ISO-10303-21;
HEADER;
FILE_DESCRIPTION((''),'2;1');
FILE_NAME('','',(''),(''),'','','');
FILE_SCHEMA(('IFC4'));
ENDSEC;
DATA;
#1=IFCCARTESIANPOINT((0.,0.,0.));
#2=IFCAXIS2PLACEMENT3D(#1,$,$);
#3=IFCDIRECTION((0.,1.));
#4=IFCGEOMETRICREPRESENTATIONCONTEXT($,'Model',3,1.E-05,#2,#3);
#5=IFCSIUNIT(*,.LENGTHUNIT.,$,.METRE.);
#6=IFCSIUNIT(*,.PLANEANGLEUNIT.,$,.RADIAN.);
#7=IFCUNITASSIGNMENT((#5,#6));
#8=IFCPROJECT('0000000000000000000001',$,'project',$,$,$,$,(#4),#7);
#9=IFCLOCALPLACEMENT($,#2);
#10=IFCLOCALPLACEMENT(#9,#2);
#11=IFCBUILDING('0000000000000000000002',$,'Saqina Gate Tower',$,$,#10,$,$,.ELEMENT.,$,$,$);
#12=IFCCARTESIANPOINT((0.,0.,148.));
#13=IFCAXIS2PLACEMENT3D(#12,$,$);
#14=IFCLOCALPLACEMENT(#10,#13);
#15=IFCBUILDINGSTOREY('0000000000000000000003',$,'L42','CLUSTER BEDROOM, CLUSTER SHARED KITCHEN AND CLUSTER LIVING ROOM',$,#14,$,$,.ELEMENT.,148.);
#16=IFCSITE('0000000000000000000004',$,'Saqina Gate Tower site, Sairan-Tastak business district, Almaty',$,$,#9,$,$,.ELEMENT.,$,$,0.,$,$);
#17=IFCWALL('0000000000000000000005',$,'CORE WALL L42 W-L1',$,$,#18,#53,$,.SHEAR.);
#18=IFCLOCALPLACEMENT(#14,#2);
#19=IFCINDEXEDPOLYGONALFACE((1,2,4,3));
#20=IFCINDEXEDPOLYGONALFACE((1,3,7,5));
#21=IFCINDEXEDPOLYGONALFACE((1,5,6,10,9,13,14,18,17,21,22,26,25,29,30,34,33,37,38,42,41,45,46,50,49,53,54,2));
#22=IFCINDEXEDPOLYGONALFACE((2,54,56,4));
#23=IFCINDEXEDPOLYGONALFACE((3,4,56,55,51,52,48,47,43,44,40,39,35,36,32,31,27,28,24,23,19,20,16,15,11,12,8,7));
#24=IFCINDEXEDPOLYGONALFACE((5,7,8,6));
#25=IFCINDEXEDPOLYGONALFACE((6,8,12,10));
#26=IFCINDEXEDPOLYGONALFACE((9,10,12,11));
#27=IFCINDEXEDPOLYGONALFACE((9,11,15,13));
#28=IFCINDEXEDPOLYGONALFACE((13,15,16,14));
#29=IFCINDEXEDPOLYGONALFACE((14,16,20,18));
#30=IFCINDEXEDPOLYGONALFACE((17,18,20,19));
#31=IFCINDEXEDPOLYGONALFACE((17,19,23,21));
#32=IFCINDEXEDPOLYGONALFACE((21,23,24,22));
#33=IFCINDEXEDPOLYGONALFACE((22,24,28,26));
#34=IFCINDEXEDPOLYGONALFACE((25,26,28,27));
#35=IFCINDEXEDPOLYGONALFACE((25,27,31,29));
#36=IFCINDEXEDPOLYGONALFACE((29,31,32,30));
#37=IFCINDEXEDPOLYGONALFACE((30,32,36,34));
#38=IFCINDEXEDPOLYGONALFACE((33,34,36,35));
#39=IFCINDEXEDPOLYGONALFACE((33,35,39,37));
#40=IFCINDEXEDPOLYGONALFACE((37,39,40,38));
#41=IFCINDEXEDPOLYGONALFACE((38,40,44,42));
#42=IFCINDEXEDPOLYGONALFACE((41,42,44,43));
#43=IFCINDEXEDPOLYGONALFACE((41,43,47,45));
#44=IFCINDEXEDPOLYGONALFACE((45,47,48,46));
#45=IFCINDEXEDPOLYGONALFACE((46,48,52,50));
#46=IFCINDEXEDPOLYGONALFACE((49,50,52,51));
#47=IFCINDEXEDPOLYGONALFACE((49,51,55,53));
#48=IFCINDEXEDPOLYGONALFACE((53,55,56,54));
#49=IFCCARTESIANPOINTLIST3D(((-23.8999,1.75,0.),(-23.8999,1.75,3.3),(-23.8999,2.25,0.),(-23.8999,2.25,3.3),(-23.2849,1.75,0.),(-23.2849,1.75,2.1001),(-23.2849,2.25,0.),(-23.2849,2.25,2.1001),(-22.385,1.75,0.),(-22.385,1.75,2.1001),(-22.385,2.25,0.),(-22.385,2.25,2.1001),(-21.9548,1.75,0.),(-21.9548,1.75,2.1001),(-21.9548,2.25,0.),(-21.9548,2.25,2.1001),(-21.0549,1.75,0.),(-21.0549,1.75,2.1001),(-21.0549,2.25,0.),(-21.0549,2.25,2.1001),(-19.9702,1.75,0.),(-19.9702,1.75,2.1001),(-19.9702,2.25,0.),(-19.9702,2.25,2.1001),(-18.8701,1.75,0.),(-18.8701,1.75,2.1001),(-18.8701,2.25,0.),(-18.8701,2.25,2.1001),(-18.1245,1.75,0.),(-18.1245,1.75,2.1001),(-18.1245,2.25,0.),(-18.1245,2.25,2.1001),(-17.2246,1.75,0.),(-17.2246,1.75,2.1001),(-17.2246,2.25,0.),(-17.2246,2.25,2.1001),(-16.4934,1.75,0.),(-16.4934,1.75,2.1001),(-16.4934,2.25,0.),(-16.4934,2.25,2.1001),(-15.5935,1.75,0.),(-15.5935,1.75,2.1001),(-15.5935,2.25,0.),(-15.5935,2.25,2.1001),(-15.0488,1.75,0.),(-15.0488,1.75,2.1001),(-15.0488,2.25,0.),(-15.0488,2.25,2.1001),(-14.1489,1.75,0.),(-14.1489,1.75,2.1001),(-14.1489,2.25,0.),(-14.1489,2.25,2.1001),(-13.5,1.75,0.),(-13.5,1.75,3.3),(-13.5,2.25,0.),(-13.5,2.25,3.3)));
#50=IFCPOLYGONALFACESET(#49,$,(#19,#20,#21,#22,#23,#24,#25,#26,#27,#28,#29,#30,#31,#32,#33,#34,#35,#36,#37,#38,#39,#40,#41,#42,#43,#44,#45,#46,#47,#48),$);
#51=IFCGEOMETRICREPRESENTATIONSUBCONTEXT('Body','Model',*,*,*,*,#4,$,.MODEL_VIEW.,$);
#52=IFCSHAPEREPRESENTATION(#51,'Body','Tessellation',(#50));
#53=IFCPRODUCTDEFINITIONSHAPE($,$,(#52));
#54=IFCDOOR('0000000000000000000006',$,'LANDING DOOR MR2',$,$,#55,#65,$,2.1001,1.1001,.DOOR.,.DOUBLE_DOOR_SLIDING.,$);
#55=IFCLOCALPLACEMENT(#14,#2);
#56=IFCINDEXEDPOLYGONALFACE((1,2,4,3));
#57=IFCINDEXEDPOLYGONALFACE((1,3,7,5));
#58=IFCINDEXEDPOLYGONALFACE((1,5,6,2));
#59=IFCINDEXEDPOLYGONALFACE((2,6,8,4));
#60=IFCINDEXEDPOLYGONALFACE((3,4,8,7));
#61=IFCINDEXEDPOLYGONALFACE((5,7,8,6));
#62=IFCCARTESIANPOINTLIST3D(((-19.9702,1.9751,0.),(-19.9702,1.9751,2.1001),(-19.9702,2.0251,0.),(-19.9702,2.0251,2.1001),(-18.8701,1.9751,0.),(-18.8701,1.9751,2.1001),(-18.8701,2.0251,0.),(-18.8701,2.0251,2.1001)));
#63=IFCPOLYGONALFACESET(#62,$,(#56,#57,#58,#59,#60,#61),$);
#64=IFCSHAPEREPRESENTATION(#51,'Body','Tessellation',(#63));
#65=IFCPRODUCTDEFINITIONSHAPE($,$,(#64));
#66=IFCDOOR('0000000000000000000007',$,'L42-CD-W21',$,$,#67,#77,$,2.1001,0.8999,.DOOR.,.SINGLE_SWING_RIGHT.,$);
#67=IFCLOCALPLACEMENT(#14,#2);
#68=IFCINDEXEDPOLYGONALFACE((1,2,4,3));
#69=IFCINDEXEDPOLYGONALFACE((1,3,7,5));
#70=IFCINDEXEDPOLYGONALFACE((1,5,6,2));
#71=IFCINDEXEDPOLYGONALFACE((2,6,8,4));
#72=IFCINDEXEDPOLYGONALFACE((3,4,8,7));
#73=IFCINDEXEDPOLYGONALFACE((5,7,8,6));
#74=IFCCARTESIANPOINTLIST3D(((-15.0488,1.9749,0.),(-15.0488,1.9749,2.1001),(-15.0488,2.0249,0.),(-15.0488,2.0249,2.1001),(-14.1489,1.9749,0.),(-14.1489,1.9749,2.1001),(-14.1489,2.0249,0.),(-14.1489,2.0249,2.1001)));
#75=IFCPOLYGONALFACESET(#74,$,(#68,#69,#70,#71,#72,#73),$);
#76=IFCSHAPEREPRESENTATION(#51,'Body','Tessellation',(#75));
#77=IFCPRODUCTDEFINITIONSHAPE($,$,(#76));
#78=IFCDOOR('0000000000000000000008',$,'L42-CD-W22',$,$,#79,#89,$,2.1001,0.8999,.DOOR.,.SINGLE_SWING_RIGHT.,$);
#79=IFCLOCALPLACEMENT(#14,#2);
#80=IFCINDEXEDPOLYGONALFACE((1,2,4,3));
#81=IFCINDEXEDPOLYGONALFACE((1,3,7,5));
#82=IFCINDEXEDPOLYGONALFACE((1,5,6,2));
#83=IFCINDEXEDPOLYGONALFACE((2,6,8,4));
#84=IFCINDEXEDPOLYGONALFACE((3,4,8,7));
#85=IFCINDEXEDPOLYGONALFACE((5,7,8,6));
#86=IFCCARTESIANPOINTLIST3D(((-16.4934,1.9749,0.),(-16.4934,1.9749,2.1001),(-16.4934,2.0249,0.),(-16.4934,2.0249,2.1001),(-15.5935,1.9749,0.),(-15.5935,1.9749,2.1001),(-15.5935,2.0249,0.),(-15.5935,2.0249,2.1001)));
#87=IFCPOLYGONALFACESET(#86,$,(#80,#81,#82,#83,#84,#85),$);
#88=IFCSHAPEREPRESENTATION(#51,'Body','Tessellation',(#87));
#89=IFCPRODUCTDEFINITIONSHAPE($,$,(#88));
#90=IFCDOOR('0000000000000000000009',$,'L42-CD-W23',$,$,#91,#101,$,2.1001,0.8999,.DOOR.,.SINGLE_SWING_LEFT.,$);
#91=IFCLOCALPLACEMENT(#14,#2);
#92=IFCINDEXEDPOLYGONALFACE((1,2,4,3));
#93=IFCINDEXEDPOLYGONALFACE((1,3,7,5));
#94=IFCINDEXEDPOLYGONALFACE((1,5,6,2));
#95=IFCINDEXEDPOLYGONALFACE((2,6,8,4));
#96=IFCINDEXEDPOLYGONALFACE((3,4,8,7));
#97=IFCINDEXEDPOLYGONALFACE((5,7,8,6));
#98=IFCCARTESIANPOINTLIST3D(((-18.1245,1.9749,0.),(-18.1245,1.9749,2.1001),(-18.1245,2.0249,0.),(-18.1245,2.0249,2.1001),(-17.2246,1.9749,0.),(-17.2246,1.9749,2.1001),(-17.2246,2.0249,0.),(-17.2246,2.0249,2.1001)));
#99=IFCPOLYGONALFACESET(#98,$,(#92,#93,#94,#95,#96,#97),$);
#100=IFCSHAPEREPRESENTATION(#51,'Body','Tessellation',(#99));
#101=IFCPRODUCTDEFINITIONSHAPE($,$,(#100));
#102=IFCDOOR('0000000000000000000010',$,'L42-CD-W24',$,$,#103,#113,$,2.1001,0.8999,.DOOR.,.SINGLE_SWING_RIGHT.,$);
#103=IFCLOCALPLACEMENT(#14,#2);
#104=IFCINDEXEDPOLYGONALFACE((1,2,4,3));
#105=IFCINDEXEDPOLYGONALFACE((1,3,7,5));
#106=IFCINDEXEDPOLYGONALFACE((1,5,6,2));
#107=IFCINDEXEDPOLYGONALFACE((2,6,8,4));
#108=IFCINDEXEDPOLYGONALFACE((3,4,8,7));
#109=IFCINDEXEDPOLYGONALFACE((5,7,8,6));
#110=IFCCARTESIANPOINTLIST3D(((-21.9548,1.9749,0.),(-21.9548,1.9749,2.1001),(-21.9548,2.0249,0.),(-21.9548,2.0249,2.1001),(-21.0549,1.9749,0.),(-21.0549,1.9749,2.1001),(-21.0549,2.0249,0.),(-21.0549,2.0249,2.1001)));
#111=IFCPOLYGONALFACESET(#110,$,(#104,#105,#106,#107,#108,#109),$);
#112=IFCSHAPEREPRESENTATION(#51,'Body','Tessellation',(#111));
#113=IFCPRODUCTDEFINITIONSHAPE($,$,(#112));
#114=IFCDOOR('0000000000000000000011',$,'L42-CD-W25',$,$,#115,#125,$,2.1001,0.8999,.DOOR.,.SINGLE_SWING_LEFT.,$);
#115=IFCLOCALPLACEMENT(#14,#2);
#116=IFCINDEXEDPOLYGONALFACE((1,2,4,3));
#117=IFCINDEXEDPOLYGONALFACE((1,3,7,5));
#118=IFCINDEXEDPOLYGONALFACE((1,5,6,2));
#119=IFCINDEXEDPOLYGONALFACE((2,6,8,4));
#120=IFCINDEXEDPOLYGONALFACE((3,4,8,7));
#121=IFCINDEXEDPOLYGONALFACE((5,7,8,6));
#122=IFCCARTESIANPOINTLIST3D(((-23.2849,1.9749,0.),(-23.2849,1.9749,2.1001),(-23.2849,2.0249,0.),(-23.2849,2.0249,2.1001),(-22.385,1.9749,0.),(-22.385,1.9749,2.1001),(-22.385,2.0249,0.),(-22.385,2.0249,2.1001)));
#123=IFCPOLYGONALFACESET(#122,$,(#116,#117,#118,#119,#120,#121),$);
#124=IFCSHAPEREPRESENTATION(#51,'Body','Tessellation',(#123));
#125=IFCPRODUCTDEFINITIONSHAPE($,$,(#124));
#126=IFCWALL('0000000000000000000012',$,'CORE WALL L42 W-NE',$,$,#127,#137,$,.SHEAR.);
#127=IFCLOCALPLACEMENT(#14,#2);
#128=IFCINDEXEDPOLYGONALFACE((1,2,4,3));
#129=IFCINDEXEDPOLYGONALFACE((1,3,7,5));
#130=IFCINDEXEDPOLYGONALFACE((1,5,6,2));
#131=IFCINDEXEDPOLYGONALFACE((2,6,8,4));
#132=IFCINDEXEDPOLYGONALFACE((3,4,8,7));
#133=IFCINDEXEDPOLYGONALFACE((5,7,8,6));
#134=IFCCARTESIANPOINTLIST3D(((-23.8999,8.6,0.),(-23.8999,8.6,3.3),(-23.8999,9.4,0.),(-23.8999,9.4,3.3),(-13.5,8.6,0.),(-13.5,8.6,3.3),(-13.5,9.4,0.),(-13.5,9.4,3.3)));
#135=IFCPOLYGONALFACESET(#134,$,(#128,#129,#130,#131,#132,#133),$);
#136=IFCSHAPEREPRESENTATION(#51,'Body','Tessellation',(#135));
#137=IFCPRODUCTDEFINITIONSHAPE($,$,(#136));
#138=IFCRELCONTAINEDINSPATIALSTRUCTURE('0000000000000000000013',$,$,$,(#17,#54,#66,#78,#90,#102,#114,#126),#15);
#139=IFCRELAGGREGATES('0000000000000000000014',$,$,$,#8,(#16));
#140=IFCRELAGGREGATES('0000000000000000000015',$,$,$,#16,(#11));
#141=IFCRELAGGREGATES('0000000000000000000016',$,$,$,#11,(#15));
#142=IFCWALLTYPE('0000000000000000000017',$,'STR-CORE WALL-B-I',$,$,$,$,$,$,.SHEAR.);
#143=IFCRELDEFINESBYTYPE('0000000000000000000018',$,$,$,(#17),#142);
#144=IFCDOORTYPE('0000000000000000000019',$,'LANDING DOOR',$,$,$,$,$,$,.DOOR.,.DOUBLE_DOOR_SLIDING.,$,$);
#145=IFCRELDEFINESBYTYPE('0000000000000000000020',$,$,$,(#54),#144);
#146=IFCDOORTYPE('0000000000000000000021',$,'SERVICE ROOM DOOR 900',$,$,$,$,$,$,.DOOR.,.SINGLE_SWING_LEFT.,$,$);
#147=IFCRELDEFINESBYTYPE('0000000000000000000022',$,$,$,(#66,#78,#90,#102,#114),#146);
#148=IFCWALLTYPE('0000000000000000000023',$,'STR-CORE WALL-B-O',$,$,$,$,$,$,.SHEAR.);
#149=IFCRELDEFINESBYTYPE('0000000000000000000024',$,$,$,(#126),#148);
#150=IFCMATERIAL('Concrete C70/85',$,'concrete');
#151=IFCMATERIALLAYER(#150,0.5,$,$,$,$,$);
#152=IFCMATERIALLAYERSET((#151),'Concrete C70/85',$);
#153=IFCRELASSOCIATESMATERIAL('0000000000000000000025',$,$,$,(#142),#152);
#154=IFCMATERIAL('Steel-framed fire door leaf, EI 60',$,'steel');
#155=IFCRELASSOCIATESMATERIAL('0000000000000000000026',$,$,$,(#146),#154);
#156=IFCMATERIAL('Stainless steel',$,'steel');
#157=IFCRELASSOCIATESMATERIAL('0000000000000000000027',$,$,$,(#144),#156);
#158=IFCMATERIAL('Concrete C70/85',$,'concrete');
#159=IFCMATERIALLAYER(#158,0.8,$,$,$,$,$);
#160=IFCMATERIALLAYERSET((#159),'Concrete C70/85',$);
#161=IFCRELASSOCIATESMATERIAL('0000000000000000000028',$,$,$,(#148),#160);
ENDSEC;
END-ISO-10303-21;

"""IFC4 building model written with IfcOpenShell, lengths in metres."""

from ifc_helpers import new_model, si_unit, direction, frame, frame_2d, origin, place, context, subcontext, project, spatial, rectangle, extrude, material, layer, layer_set, type_object, element, fill, save


model = new_model("IFC4")

# Units and contexts
model_context = context("Model", 3, precision=1e-05, world=origin(), true_north=direction((0.0, 1.0)))
body_context = subcontext(model_context, "Body", "Model", "MODEL_VIEW")
ifc_project = project(units=[si_unit("LENGTHUNIT", "METRE"), si_unit("PLANEANGLEUNIT", "RADIAN")], contexts=[model_context])

# Site, building, storey
site_placement = place(None, origin())
site = spatial("IfcSite", under=ifc_project, at=site_placement, Name="Saqina Gate Tower site, Sairan-Tastak business district, Almaty", CompositionType="ELEMENT", RefElevation=0.0)
building_placement = place(site_placement, origin())
building = spatial("IfcBuilding", under=site, at=building_placement, Name="Saqina Gate Tower", CompositionType="ELEMENT")
storey_placement = place(building_placement, frame((0.0, 0.0, 148.0)))
storey = spatial("IfcBuildingStorey", under=building, at=storey_placement, Name="L42", Description="CLUSTER BEDROOM, CLUSTER SHARED KITCHEN AND CLUSTER LIVING ROOM", CompositionType="ELEMENT", Elevation=148.0)

# Shared definitions
ifc_material_1 = material(Name="Concrete C70/85", Category="concrete")
ifc_layer_1 = layer(ifc_material_1, 0.5)
ifc_layer_set_1 = layer_set([ifc_layer_1], Name="Concrete C70/85")
wall_type_1 = type_object("IfcWallType", Name="STR-CORE WALL-B-I", PredefinedType="SHEAR", material=ifc_layer_set_1)
ifc_material_2 = material(Name="Steel-framed fire door leaf, EI 60", Category="steel")
door_type_1 = type_object("IfcDoorType", Name="SERVICE ROOM DOOR 900", OperationType="SINGLE_SWING_LEFT", PredefinedType="DOOR", material=ifc_material_2)

# Wall, openings, doors
wall_1_placement = place(storey_placement, frame((-13.5, 2.0, 0.0), z_axis=(0.0, 0.0, 1.0), x_axis=(-1.0, 0.0, 0.0)))
wall_1 = element("IfcWall", 1, at=wall_1_placement, inside=storey, type_object=wall_type_1, Name="CORE WALL L42 W-L1", PredefinedType="SHEAR", context=body_context, shape_type="SweptSolid", body=[
    extrude(rectangle(XDim=10.3999, YDim=0.5, at=frame_2d((5.2, 0.0))), origin(), (0.0, 0.0, 1.0), 3.3),
])
opening_1_placement = place(wall_1_placement, frame((5.3701, 0.0, 0.0)))
opening_1 = element("IfcOpeningElement", 2, at=opening_1_placement, cuts=wall_1, PredefinedType="OPENING", context=body_context, shape_type="SweptSolid", body=[
    extrude(rectangle(XDim=1.1001, YDim=2.1001, at=frame_2d((0.55, 1.05))), frame((0.0, 0.262, 0.0), z_axis=(0.0, -1.0, 0.0), x_axis=(1.0, 0.0, 0.0)), (0.0, 0.0, 1.0), 0.5239),
])
opening_2_placement = place(wall_1_placement, frame((0.6489, 0.0, 0.0)))
opening_2 = element("IfcOpeningElement", 3, at=opening_2_placement, cuts=wall_1, PredefinedType="OPENING", context=body_context, shape_type="SweptSolid", body=[
    extrude(rectangle(XDim=0.8999, YDim=2.1001, at=frame_2d((0.45, 1.05))), frame((0.0, 0.262, 0.0), z_axis=(0.0, -1.0, 0.0), x_axis=(1.0, 0.0, 0.0)), (0.0, 0.0, 1.0), 0.5239),
])
opening_3_placement = place(wall_1_placement, frame((2.0935, 0.0, 0.0)))
opening_3 = element("IfcOpeningElement", 4, at=opening_3_placement, cuts=wall_1, PredefinedType="OPENING", context=body_context, shape_type="SweptSolid", body=[
    extrude(rectangle(XDim=0.8999, YDim=2.1001, at=frame_2d((0.45, 1.05))), frame((0.0, 0.262, 0.0), z_axis=(0.0, -1.0, 0.0), x_axis=(1.0, 0.0, 0.0)), (0.0, 0.0, 1.0), 0.5239),
])
opening_4_placement = place(wall_1_placement, frame((3.7246, 0.0, 0.0)))
opening_4 = element("IfcOpeningElement", 5, at=opening_4_placement, cuts=wall_1, PredefinedType="OPENING", context=body_context, shape_type="SweptSolid", body=[
    extrude(rectangle(XDim=0.8999, YDim=2.1001, at=frame_2d((0.45, 1.05))), frame((0.0, 0.262, 0.0), z_axis=(0.0, -1.0, 0.0), x_axis=(1.0, 0.0, 0.0)), (0.0, 0.0, 1.0), 0.5239),
])
opening_5_placement = place(wall_1_placement, frame((7.5549, 0.0, 0.0)))
opening_5 = element("IfcOpeningElement", 6, at=opening_5_placement, cuts=wall_1, PredefinedType="OPENING", context=body_context, shape_type="SweptSolid", body=[
    extrude(rectangle(XDim=0.8999, YDim=2.1001, at=frame_2d((0.45, 1.05))), frame((0.0, 0.262, 0.0), z_axis=(0.0, -1.0, 0.0), x_axis=(1.0, 0.0, 0.0)), (0.0, 0.0, 1.0), 0.5239),
])
opening_6_placement = place(wall_1_placement, frame((8.885, 0.0, 0.0)))
opening_6 = element("IfcOpeningElement", 7, at=opening_6_placement, cuts=wall_1, PredefinedType="OPENING", context=body_context, shape_type="SweptSolid", body=[
    extrude(rectangle(XDim=0.8999, YDim=2.1001, at=frame_2d((0.45, 1.05))), frame((0.0, 0.262, 0.0), z_axis=(0.0, -1.0, 0.0), x_axis=(1.0, 0.0, 0.0)), (0.0, 0.0, 1.0), 0.5239),
])
ifc_material_3 = material(Name="Stainless steel", Category="steel")
door_type_2 = type_object("IfcDoorType", Name="LANDING DOOR", OperationType="DOUBLE_DOOR_SLIDING", PredefinedType="DOOR", material=ifc_material_3)
door_1_placement = place(opening_1_placement, origin())
door_1 = element("IfcDoor", 8, at=door_1_placement, inside=storey, type_object=door_type_2, Name="LANDING DOOR MR2", OperationType="DOUBLE_DOOR_SLIDING", OverallHeight=2.1001, OverallWidth=1.1001, PredefinedType="DOOR", context=body_context, shape_type="SweptSolid", body=[
    extrude(rectangle(XDim=1.1001, YDim=2.1001, at=frame_2d((0.55, 1.05))), frame((0.0, 0.0249, 0.0), z_axis=(0.0, -1.0, 0.0), x_axis=(1.0, 0.0, 0.0)), (0.0, 0.0, 1.0), 0.05),
])
fill(opening_1, door_1)
door_2_placement = place(opening_2_placement, frame((0.8999, 0.0, 0.0), z_axis=(0.0, 0.0, 1.0), x_axis=(-1.0, 0.0, 0.0)))
door_2 = element("IfcDoor", 9, at=door_2_placement, inside=storey, type_object=door_type_1, Name="L42-CD-W21", OperationType="SINGLE_SWING_RIGHT", OverallHeight=2.1001, OverallWidth=0.8999, PredefinedType="DOOR", context=body_context, shape_type="SweptSolid", body=[
    extrude(rectangle(XDim=0.8999, YDim=2.1001, at=frame_2d((0.45, 1.05))), frame((0.0, 0.0249, 0.0), z_axis=(0.0, -1.0, 0.0), x_axis=(1.0, 0.0, 0.0)), (0.0, 0.0, 1.0), 0.05),
])
fill(opening_2, door_2)
door_3_placement = place(opening_3_placement, frame((0.8999, 0.0, 0.0), z_axis=(0.0, 0.0, 1.0), x_axis=(-1.0, 0.0, 0.0)))
door_3 = element("IfcDoor", 10, at=door_3_placement, inside=storey, type_object=door_type_1, Name="L42-CD-W22", OperationType="SINGLE_SWING_RIGHT", OverallHeight=2.1001, OverallWidth=0.8999, PredefinedType="DOOR", context=body_context, shape_type="SweptSolid", body=[
    extrude(rectangle(XDim=0.8999, YDim=2.1001, at=frame_2d((0.45, 1.05))), frame((0.0, 0.0249, 0.0), z_axis=(0.0, -1.0, 0.0), x_axis=(1.0, 0.0, 0.0)), (0.0, 0.0, 1.0), 0.05),
])
fill(opening_3, door_3)
door_4_placement = place(opening_4_placement, frame((0.8999, 0.0, 0.0), z_axis=(0.0, 0.0, 1.0), x_axis=(-1.0, 0.0, 0.0)))
door_4 = element("IfcDoor", 11, at=door_4_placement, inside=storey, type_object=door_type_1, Name="L42-CD-W23", OperationType="SINGLE_SWING_LEFT", OverallHeight=2.1001, OverallWidth=0.8999, PredefinedType="DOOR", context=body_context, shape_type="SweptSolid", body=[
    extrude(rectangle(XDim=0.8999, YDim=2.1001, at=frame_2d((0.45, 1.05))), frame((0.0, 0.0249, 0.0), z_axis=(0.0, -1.0, 0.0), x_axis=(1.0, 0.0, 0.0)), (0.0, 0.0, 1.0), 0.05),
])
fill(opening_4, door_4)
door_5_placement = place(opening_5_placement, frame((0.8999, 0.0, 0.0), z_axis=(0.0, 0.0, 1.0), x_axis=(-1.0, 0.0, 0.0)))
door_5 = element("IfcDoor", 12, at=door_5_placement, inside=storey, type_object=door_type_1, Name="L42-CD-W24", OperationType="SINGLE_SWING_RIGHT", OverallHeight=2.1001, OverallWidth=0.8999, PredefinedType="DOOR", context=body_context, shape_type="SweptSolid", body=[
    extrude(rectangle(XDim=0.8999, YDim=2.1001, at=frame_2d((0.45, 1.05))), frame((0.0, 0.0249, 0.0), z_axis=(0.0, -1.0, 0.0), x_axis=(1.0, 0.0, 0.0)), (0.0, 0.0, 1.0), 0.05),
])
fill(opening_5, door_5)
door_6_placement = place(opening_6_placement, frame((0.8999, 0.0, 0.0), z_axis=(0.0, 0.0, 1.0), x_axis=(-1.0, 0.0, 0.0)))
door_6 = element("IfcDoor", 13, at=door_6_placement, inside=storey, type_object=door_type_1, Name="L42-CD-W25", OperationType="SINGLE_SWING_LEFT", OverallHeight=2.1001, OverallWidth=0.8999, PredefinedType="DOOR", context=body_context, shape_type="SweptSolid", body=[
    extrude(rectangle(XDim=0.8999, YDim=2.1001, at=frame_2d((0.45, 1.05))), frame((0.0, 0.0249, 0.0), z_axis=(0.0, -1.0, 0.0), x_axis=(1.0, 0.0, 0.0)), (0.0, 0.0, 1.0), 0.05),
])
fill(opening_6, door_6)

# Wall
ifc_material_4 = material(Name="Concrete C70/85", Category="concrete")
ifc_layer_2 = layer(ifc_material_4, 0.8)
ifc_layer_set_2 = layer_set([ifc_layer_2], Name="Concrete C70/85")
wall_type_2 = type_object("IfcWallType", Name="STR-CORE WALL-B-O", PredefinedType="SHEAR", material=ifc_layer_set_2)
wall_2_placement = place(storey_placement, frame((-13.5, 9.0, 0.0), z_axis=(0.0, 0.0, 1.0), x_axis=(-1.0, 0.0, 0.0)))
element("IfcWall", 14, at=wall_2_placement, inside=storey, type_object=wall_type_2, Name="CORE WALL L42 W-NE", PredefinedType="SHEAR", context=body_context, shape_type="SweptSolid", body=[
    extrude(rectangle(XDim=10.3999, YDim=0.8, at=frame_2d((5.2, 0.0))), origin(), (0.0, 0.0, 1.0), 3.3),
])

save(model, "model.ifc")
